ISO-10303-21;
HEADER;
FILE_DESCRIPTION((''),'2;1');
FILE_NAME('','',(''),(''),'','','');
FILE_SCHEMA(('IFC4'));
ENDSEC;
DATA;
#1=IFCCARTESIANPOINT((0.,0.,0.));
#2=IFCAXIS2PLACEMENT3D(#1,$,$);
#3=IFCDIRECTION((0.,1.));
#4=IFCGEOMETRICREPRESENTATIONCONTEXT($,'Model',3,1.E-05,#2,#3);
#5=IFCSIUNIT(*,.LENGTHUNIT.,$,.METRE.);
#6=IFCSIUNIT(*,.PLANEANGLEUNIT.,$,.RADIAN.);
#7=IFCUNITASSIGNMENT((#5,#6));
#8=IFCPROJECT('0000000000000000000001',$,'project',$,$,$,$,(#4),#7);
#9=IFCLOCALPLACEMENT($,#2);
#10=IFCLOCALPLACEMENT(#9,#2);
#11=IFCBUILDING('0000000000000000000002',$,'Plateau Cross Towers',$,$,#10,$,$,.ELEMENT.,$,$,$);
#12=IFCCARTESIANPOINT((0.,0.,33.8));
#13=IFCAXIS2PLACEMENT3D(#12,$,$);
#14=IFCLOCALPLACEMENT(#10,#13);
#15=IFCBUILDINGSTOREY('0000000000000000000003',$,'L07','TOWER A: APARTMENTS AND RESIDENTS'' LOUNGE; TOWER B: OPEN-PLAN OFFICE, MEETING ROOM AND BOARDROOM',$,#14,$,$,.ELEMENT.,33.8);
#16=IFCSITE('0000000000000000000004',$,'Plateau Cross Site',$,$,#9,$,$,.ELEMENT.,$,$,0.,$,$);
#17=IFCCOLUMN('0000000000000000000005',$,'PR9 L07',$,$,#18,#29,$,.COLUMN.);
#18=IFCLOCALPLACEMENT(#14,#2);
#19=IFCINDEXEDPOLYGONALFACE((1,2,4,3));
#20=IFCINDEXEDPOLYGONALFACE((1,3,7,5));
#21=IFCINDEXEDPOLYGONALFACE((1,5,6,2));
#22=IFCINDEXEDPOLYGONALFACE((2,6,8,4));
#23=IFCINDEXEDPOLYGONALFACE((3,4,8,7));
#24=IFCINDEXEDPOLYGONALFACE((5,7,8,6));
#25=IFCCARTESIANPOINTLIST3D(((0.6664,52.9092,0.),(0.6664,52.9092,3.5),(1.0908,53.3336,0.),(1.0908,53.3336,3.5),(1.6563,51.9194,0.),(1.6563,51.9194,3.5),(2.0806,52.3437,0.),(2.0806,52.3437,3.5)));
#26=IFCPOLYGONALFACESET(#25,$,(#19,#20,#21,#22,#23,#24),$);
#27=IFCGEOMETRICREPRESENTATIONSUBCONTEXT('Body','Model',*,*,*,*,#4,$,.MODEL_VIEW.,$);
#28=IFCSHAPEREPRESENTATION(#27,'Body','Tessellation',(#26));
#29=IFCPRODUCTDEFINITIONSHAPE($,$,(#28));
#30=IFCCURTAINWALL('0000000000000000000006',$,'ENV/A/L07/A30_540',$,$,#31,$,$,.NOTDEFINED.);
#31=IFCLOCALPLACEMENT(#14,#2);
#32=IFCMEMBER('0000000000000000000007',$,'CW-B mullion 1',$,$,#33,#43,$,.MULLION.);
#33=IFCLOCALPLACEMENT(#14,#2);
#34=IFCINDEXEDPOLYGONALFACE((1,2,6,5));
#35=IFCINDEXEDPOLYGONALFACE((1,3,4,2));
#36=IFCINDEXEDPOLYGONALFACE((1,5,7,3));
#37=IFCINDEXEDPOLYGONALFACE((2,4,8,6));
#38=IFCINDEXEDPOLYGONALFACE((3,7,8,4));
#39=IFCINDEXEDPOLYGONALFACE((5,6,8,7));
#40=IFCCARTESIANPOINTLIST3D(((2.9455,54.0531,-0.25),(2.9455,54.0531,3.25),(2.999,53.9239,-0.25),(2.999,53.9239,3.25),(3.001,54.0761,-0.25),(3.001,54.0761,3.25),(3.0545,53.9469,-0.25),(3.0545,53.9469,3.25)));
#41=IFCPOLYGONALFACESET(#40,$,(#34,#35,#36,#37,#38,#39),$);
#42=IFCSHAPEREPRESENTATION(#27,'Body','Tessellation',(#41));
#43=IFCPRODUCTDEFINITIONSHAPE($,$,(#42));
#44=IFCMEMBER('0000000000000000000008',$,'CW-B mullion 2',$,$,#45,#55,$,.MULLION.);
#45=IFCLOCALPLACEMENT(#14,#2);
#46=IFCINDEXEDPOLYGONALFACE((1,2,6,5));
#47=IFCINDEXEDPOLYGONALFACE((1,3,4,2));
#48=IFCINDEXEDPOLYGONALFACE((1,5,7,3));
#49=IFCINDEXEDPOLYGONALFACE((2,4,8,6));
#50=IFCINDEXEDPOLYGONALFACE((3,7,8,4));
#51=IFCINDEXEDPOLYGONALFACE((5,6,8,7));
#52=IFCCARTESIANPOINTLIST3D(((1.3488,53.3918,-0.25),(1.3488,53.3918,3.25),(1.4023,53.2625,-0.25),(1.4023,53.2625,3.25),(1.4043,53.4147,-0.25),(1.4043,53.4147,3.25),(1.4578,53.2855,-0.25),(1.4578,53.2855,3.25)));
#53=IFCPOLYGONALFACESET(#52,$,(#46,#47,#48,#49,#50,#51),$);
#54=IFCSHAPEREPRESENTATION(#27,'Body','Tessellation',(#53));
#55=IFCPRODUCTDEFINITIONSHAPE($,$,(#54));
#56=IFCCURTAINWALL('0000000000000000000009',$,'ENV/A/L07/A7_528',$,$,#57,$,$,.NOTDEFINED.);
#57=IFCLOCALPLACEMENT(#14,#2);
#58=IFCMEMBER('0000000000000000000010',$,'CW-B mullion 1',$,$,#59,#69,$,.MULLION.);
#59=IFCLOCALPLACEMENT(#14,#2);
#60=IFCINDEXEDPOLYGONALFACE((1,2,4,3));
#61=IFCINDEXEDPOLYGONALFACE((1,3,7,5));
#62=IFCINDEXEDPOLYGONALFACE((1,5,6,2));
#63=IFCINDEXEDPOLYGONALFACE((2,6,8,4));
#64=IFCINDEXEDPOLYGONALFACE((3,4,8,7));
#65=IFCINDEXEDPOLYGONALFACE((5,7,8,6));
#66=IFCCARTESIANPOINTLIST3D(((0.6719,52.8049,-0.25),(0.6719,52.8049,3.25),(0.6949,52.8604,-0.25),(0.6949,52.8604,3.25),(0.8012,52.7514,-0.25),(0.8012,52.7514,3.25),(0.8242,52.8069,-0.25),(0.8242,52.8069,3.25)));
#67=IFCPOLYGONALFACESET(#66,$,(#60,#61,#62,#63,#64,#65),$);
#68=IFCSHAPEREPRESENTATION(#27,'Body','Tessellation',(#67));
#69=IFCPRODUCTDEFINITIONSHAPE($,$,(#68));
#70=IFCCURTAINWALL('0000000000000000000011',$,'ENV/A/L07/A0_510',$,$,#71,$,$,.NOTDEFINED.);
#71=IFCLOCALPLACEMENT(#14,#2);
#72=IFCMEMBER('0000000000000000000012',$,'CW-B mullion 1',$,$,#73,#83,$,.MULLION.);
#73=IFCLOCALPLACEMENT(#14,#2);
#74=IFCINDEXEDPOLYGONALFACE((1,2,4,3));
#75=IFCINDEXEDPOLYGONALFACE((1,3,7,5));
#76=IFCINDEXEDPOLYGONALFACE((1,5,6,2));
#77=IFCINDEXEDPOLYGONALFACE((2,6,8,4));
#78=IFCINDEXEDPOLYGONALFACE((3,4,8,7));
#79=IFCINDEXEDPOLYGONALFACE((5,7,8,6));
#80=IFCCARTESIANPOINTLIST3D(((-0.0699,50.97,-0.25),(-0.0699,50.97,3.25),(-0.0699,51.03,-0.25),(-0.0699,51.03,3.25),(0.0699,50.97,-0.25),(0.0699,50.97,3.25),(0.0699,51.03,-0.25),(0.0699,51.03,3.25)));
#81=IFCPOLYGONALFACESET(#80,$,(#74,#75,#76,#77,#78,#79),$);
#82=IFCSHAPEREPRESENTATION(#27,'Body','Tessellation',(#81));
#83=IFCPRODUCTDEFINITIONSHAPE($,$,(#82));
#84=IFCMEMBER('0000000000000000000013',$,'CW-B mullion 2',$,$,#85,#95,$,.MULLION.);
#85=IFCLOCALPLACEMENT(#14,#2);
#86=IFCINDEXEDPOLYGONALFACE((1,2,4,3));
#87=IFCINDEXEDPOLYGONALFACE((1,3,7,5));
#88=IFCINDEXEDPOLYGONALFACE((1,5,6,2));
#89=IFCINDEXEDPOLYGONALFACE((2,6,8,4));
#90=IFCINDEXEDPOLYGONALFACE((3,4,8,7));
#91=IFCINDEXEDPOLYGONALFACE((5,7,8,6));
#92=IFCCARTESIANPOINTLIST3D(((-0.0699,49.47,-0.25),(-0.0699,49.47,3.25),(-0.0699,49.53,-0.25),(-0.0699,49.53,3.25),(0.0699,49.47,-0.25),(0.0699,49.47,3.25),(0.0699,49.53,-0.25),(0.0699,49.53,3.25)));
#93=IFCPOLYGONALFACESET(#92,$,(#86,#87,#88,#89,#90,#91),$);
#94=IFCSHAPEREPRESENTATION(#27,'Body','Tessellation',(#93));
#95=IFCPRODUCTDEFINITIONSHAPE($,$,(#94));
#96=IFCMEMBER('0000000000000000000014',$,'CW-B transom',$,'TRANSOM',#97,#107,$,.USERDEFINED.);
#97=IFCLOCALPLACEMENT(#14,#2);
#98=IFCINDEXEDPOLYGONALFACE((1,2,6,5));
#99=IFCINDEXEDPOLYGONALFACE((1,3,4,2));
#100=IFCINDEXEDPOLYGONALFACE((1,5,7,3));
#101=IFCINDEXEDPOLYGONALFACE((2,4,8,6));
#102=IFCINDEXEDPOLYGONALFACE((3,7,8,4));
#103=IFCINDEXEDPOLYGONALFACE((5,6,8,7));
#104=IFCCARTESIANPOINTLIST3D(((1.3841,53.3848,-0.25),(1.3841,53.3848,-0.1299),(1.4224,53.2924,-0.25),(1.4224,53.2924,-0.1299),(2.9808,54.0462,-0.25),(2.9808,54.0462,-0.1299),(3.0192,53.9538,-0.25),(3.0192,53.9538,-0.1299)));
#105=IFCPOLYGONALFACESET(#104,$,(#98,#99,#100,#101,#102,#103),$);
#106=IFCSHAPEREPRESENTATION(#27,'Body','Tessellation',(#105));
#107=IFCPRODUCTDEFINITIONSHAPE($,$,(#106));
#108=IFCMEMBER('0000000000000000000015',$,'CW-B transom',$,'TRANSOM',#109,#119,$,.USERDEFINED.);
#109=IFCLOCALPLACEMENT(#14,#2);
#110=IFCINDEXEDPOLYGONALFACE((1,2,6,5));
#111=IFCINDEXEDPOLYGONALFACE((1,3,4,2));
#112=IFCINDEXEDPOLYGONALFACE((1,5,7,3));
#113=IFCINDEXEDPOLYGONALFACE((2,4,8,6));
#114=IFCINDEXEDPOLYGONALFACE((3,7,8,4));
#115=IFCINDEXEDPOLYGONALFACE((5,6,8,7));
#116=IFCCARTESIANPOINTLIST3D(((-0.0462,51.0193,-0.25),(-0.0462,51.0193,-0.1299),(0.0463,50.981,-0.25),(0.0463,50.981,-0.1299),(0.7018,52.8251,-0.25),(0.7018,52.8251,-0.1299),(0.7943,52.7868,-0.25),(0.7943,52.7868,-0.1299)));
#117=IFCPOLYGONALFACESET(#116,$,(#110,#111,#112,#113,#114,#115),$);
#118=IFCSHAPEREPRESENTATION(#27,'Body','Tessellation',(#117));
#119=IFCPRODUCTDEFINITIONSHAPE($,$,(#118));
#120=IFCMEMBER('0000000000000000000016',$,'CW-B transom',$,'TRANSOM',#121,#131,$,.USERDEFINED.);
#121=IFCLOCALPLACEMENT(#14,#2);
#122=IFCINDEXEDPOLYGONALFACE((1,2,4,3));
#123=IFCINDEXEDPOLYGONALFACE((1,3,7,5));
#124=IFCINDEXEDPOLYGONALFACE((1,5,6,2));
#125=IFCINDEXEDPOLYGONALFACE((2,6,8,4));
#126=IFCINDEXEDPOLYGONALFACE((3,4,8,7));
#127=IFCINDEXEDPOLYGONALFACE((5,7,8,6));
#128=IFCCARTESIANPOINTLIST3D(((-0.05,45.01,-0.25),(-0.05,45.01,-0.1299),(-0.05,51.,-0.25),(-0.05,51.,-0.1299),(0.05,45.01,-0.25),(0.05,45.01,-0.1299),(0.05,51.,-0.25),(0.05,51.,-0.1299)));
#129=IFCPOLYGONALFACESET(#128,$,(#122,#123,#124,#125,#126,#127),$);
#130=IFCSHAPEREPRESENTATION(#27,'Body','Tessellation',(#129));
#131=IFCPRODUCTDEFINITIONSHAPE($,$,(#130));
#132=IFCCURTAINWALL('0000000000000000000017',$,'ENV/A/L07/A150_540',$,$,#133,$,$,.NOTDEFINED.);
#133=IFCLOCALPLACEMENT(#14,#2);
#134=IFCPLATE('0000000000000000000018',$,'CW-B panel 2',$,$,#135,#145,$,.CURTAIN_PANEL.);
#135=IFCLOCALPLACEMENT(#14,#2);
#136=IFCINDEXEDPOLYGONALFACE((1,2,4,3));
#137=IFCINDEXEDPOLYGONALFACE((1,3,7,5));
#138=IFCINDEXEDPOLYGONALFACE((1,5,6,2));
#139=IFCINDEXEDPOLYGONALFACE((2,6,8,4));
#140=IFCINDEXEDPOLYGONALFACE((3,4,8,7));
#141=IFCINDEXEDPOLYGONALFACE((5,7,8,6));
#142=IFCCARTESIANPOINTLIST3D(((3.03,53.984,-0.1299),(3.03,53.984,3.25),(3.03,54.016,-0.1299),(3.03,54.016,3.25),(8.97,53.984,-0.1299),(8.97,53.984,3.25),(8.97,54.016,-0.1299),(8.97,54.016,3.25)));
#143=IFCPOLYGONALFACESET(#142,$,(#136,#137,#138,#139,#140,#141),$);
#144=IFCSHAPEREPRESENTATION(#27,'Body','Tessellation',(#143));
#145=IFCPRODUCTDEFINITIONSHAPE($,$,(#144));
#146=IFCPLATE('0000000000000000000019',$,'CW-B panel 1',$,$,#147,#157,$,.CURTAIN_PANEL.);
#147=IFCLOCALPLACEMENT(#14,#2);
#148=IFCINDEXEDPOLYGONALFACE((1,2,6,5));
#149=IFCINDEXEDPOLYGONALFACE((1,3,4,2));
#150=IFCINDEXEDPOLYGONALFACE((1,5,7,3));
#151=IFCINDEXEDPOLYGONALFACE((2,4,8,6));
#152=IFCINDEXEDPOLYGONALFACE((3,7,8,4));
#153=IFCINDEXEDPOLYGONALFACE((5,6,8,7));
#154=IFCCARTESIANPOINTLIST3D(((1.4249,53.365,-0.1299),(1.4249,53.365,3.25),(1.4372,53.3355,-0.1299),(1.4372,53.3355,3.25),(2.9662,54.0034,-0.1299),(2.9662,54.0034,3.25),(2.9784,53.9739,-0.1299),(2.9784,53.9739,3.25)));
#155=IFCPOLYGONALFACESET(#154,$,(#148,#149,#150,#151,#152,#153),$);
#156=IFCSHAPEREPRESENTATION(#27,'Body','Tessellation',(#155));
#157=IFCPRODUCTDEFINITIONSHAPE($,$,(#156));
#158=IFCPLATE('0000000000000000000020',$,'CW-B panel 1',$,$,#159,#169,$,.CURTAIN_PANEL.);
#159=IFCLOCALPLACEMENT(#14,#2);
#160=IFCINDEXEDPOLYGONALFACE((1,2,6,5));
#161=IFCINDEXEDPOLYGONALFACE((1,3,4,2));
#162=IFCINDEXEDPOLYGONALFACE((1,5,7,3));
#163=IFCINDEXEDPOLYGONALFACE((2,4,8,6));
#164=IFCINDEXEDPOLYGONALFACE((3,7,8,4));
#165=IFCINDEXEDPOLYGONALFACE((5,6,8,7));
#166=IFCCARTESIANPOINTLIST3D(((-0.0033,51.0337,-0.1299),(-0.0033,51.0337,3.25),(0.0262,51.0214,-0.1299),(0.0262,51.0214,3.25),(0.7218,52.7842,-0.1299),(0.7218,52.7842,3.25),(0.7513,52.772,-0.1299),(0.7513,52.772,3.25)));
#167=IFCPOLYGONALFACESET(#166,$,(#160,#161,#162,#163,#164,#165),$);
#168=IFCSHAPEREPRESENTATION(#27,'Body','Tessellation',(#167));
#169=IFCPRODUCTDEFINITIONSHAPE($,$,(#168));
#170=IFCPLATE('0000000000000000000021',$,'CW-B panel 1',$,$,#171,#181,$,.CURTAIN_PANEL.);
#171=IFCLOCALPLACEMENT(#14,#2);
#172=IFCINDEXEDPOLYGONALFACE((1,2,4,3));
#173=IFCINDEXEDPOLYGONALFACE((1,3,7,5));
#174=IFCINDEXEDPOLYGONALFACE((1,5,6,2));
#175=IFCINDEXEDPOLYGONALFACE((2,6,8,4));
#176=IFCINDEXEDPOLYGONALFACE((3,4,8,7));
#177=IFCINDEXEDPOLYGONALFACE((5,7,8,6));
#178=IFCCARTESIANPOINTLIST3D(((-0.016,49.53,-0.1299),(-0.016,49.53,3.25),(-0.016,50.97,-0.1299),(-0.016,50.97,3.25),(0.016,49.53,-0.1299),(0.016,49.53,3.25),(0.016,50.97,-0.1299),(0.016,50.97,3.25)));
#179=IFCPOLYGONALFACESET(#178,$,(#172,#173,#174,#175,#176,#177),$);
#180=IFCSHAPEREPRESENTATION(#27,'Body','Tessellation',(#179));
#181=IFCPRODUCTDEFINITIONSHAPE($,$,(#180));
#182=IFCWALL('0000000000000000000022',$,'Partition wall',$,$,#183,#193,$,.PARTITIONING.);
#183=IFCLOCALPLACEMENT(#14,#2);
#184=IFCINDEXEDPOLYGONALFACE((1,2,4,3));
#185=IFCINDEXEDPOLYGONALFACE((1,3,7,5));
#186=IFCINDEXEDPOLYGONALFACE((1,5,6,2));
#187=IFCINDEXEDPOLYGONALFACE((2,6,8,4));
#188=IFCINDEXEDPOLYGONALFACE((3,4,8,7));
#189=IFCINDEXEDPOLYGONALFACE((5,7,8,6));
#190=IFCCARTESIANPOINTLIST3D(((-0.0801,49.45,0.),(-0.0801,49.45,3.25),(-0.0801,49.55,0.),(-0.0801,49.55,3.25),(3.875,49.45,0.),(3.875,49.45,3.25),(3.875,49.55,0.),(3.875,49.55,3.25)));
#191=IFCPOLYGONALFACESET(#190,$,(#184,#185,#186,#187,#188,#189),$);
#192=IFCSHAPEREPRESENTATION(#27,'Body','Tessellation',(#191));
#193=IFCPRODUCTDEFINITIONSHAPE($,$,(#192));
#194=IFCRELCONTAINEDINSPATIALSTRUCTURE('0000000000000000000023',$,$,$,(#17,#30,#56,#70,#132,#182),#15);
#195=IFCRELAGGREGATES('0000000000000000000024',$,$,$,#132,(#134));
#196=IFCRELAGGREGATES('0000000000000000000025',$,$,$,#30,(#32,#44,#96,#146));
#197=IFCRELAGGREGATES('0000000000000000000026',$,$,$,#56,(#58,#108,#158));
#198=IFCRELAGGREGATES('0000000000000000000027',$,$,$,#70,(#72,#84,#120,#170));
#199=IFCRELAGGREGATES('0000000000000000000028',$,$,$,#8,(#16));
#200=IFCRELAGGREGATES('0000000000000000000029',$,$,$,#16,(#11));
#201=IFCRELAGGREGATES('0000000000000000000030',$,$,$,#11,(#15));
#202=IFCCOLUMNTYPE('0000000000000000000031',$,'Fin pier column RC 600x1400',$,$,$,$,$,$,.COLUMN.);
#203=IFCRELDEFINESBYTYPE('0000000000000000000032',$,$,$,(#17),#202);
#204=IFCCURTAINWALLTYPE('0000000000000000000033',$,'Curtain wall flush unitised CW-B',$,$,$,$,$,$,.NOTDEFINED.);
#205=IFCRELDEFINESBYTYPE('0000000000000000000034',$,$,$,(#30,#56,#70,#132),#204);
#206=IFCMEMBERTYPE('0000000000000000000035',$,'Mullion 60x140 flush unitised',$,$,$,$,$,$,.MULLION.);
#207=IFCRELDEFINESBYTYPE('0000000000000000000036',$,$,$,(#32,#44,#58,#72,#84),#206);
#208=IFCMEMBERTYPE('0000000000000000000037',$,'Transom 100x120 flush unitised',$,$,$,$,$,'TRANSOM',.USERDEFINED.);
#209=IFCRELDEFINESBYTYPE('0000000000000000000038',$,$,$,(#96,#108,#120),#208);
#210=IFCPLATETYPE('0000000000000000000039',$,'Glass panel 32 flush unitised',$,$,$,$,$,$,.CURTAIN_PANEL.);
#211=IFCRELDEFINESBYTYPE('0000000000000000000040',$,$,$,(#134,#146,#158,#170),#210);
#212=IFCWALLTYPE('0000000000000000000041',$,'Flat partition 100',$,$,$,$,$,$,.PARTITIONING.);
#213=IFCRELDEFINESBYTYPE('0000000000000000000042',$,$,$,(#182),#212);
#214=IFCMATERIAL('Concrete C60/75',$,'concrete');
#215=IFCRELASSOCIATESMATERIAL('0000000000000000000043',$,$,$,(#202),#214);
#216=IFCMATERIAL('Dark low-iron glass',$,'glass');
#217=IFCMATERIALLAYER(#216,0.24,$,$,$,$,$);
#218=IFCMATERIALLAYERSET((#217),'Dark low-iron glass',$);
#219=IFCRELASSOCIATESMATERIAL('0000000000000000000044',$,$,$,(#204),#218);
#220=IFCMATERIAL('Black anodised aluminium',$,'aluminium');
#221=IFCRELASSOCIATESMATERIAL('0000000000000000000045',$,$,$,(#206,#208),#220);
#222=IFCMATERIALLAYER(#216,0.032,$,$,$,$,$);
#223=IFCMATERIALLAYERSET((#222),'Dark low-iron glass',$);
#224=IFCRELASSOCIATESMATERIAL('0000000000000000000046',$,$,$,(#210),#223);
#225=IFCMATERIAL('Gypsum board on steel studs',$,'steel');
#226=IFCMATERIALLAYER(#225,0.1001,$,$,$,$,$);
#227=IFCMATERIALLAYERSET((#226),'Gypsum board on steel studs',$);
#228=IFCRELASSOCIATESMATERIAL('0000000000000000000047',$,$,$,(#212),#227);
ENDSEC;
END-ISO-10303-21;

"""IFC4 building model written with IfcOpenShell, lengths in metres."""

from ifc_helpers import new_model, si_unit, direction, frame, frame_2d, origin, origin_2d, place, context, subcontext, project, spatial, rectangle, extrude, material, layer, layer_set, material_profile, profile_set, type_object, element, aggregate, save


model = new_model("IFC4")

# Units and contexts
model_context = context("Model", 3, precision=1e-05, world=origin(), true_north=direction((0.0, 1.0)))
body_context = subcontext(model_context, "Body", "Model", "MODEL_VIEW")
ifc_project = project(units=[si_unit("LENGTHUNIT", "METRE"), si_unit("PLANEANGLEUNIT", "RADIAN")], contexts=[model_context])

# Site, building, storey
site_placement = place(None, origin())
site = spatial("IfcSite", under=ifc_project, at=site_placement, Name="Plateau Cross Site", CompositionType="ELEMENT", RefElevation=0.0)
building_placement = place(site_placement, origin())
building = spatial("IfcBuilding", under=site, at=building_placement, Name="Plateau Cross Towers", CompositionType="ELEMENT")
storey_placement = place(building_placement, frame((0.0, 0.0, 33.8)))
storey = spatial("IfcBuildingStorey", under=building, at=storey_placement, Name="L07", Description="TOWER A: APARTMENTS AND RESIDENTS' LOUNGE; TOWER B: OPEN-PLAN OFFICE, MEETING ROOM AND BOARDROOM", CompositionType="ELEMENT", Elevation=33.8)

# Column
ifc_material_1 = material(Name="Concrete C60/75", Category="concrete")
ifc_material_profile_1 = material_profile(ifc_material_1, rectangle(XDim=0.6001, YDim=1.3999, at=origin_2d()), Name="RC 600x1400")
ifc_profile_set_1 = profile_set([ifc_material_profile_1], Name="Concrete C60/75")
column_type = type_object("IfcColumnType", Name="Fin pier column RC 600x1400", PredefinedType="COLUMN", material=ifc_profile_set_1)
column_placement = place(storey_placement, frame((1.3735, 52.6265, 0.0), z_axis=(0.0, 0.0, 1.0), x_axis=(0.707107, 0.707107, 0.0)))
element("IfcColumn", 1, at=column_placement, inside=storey, type_object=column_type, Name="PR9 L07", PredefinedType="COLUMN", context=body_context, shape_type="SweptSolid", body=[
    extrude(rectangle(XDim=0.6001, YDim=1.3999, at=origin_2d()), origin(), (0.0, 0.0, 1.0), 3.5),
])

# Curtain wall, members
ifc_material_2 = material(Name="Dark low-iron glass", Category="glass")
ifc_layer_1 = layer(ifc_material_2, 0.24)
ifc_layer_set_1 = layer_set([ifc_layer_1], Name="Dark low-iron glass")
curtain_wall_type = type_object("IfcCurtainWallType", Name="Curtain wall flush unitised CW-B", PredefinedType="NOTDEFINED", material=ifc_layer_set_1)
curtain_wall_1_placement = place(storey_placement, origin())
curtain_wall_1 = element("IfcCurtainWall", 2, at=curtain_wall_1_placement, inside=storey, type_object=curtain_wall_type, Name="ENV/A/L07/A30_540", PredefinedType="NOTDEFINED")
ifc_material_3 = material(Name="Black anodised aluminium", Category="aluminium")
ifc_material_profile_2 = material_profile(ifc_material_3, rectangle(XDim=0.0601, YDim=0.1399, at=origin_2d()), Name="MULLION 60x140")
ifc_profile_set_2 = profile_set([ifc_material_profile_2], Name="Black anodised aluminium")
member_type_1 = type_object("IfcMemberType", Name="Mullion 60x140 flush unitised", PredefinedType="MULLION", material=ifc_profile_set_2)
member_1_placement = place(storey_placement, frame((3.0, 54.0, -0.25), z_axis=(0.0, 0.0, 1.0), x_axis=(-0.923879, -0.382684, 0.0)))
member_1 = element("IfcMember", 3, at=member_1_placement, type_object=member_type_1, Name="CW-B mullion 1", PredefinedType="MULLION", context=body_context, shape_type="SweptSolid", body=[
    extrude(rectangle(XDim=0.0601, YDim=0.1399, at=origin_2d()), origin(), (0.0, 0.0, 1.0), 3.5),
])
member_2_placement = place(storey_placement, frame((1.4033, 53.3386, -0.25), z_axis=(0.0, 0.0, 1.0), x_axis=(-0.923879, -0.382684, 0.0)))
member_2 = element("IfcMember", 4, at=member_2_placement, type_object=member_type_1, Name="CW-B mullion 2", PredefinedType="MULLION", context=body_context, shape_type="SweptSolid", body=[
    extrude(rectangle(XDim=0.0601, YDim=0.1399, at=origin_2d()), origin(), (0.0, 0.0, 1.0), 3.5),
])

# Curtain wall, member
curtain_wall_2_placement = place(storey_placement, origin())
curtain_wall_2 = element("IfcCurtainWall", 5, at=curtain_wall_2_placement, inside=storey, type_object=curtain_wall_type, Name="ENV/A/L07/A7_528", PredefinedType="NOTDEFINED")
member_3_placement = place(storey_placement, frame((0.748, 52.8059, -0.25), z_axis=(0.0, 0.0, 1.0), x_axis=(-0.382684, -0.923879, 0.0)))
member_3 = element("IfcMember", 6, at=member_3_placement, type_object=member_type_1, Name="CW-B mullion 1", PredefinedType="MULLION", context=body_context, shape_type="SweptSolid", body=[
    extrude(rectangle(XDim=0.0601, YDim=0.1399, at=origin_2d()), origin(), (0.0, 0.0, 1.0), 3.5),
])

# Curtain wall, members
curtain_wall_3_placement = place(storey_placement, origin())
curtain_wall_3 = element("IfcCurtainWall", 7, at=curtain_wall_3_placement, inside=storey, type_object=curtain_wall_type, Name="ENV/A/L07/A0_510", PredefinedType="NOTDEFINED")
member_4_placement = place(storey_placement, frame((0.0, 51.0, -0.25), z_axis=(0.0, 0.0, 1.0), x_axis=(0.0, -1.0, 0.0)))
member_4 = element("IfcMember", 8, at=member_4_placement, type_object=member_type_1, Name="CW-B mullion 1", PredefinedType="MULLION", context=body_context, shape_type="SweptSolid", body=[
    extrude(rectangle(XDim=0.0601, YDim=0.1399, at=origin_2d()), origin(), (0.0, 0.0, 1.0), 3.5),
])
member_5_placement = place(storey_placement, frame((0.0, 49.5, -0.25), z_axis=(0.0, 0.0, 1.0), x_axis=(0.0, -1.0, 0.0)))
member_5 = element("IfcMember", 9, at=member_5_placement, type_object=member_type_1, Name="CW-B mullion 2", PredefinedType="MULLION", context=body_context, shape_type="SweptSolid", body=[
    extrude(rectangle(XDim=0.0601, YDim=0.1399, at=origin_2d()), origin(), (0.0, 0.0, 1.0), 3.5),
])

# Members
ifc_material_profile_3 = material_profile(ifc_material_3, rectangle(XDim=0.1001, YDim=0.1201, at=origin_2d()), Name="TRANSOM 100x120")
ifc_profile_set_3 = profile_set([ifc_material_profile_3], Name="Black anodised aluminium")
member_type_2 = type_object("IfcMemberType", Name="Transom 100x120 flush unitised", ElementType="TRANSOM", PredefinedType="USERDEFINED", material=ifc_profile_set_3)
member_6_placement = place(storey_placement, frame((3.0, 54.0, -0.1899), z_axis=(-0.923877, -0.382689, 0.0), x_axis=(0.382689, -0.923877, 0.0)))
member_6 = element("IfcMember", 10, at=member_6_placement, type_object=member_type_2, Name="CW-B transom", ObjectType="TRANSOM", PredefinedType="USERDEFINED", context=body_context, shape_type="SweptSolid", body=[
    extrude(rectangle(XDim=0.1001, YDim=0.1201, at=origin_2d()), origin(), (0.0, 0.0, 1.0), 1.7283),
])
member_7_placement = place(storey_placement, frame((0.748, 52.8059, -0.1899), z_axis=(-0.38269, -0.923877, 0.0), x_axis=(0.923877, -0.38269, 0.0)))
member_7 = element("IfcMember", 11, at=member_7_placement, type_object=member_type_2, Name="CW-B transom", ObjectType="TRANSOM", PredefinedType="USERDEFINED", context=body_context, shape_type="SweptSolid", body=[
    extrude(rectangle(XDim=0.1001, YDim=0.1201, at=origin_2d()), origin(), (0.0, 0.0, 1.0), 1.9546),
])
member_8_placement = place(storey_placement, frame((0.0, 51.0, -0.1899), z_axis=(0.0, -1.0, 0.0), x_axis=(1.0, 0.0, 0.0)))
member_8 = element("IfcMember", 12, at=member_8_placement, type_object=member_type_2, Name="CW-B transom", ObjectType="TRANSOM", PredefinedType="USERDEFINED", context=body_context, shape_type="SweptSolid", body=[
    extrude(rectangle(XDim=0.1001, YDim=0.1201, at=origin_2d()), origin(), (0.0, 0.0, 1.0), 5.99),
])

# Curtain wall, plate
curtain_wall_4_placement = place(storey_placement, origin())
curtain_wall_4 = element("IfcCurtainWall", 13, at=curtain_wall_4_placement, inside=storey, type_object=curtain_wall_type, Name="ENV/A/L07/A150_540", PredefinedType="NOTDEFINED")
ifc_layer_2 = layer(ifc_material_2, 0.032)
ifc_layer_set_2 = layer_set([ifc_layer_2], Name="Dark low-iron glass")
plate_type = type_object("IfcPlateType", Name="Glass panel 32 flush unitised", PredefinedType="CURTAIN_PANEL", material=ifc_layer_set_2)
plate_1_placement = place(storey_placement, frame((6.0, 54.0, -0.1299), z_axis=(0.0, 0.0, 1.0), x_axis=(-1.0, 0.0, 0.0)))
plate_1 = element("IfcPlate", 14, at=plate_1_placement, type_object=plate_type, Name="CW-B panel 2", PredefinedType="CURTAIN_PANEL", context=body_context, shape_type="SweptSolid", body=[
    extrude(rectangle(XDim=5.9399, YDim=0.032, at=origin_2d()), origin(), (0.0, 0.0, 1.0), 3.3799),
])
aggregate(curtain_wall_4, [plate_1])

# Plates
plate_2_placement = place(storey_placement, frame((2.2017, 53.6694, -0.1299), z_axis=(0.0, 0.0, 1.0), x_axis=(-0.923879, -0.382684, 0.0)))
plate_2 = element("IfcPlate", 15, at=plate_2_placement, type_object=plate_type, Name="CW-B panel 1", PredefinedType="CURTAIN_PANEL", context=body_context, shape_type="SweptSolid", body=[
    extrude(rectangle(XDim=1.6682, YDim=0.032, at=origin_2d()), origin(), (0.0, 0.0, 1.0), 3.3799),
])
aggregate(curtain_wall_1, [member_1, member_2, member_6, plate_2])
plate_3_placement = place(storey_placement, frame((0.374, 51.9028, -0.1299), z_axis=(0.0, 0.0, 1.0), x_axis=(-0.382684, -0.923879, 0.0)))
plate_3 = element("IfcPlate", 16, at=plate_3_placement, type_object=plate_type, Name="CW-B panel 1", PredefinedType="CURTAIN_PANEL", context=body_context, shape_type="SweptSolid", body=[
    extrude(rectangle(XDim=1.8948, YDim=0.032, at=origin_2d()), origin(), (0.0, 0.0, 1.0), 3.3799),
])
aggregate(curtain_wall_2, [member_3, member_7, plate_3])
plate_4_placement = place(storey_placement, frame((0.0, 50.25, -0.1299), z_axis=(0.0, 0.0, 1.0), x_axis=(0.0, -1.0, 0.0)))
plate_4 = element("IfcPlate", 17, at=plate_4_placement, type_object=plate_type, Name="CW-B panel 1", PredefinedType="CURTAIN_PANEL", context=body_context, shape_type="SweptSolid", body=[
    extrude(rectangle(XDim=1.4399, YDim=0.032, at=origin_2d()), origin(), (0.0, 0.0, 1.0), 3.3799),
])
aggregate(curtain_wall_3, [member_4, member_5, member_8, plate_4])

# Wall
ifc_material_4 = material(Name="Gypsum board on steel studs", Category="steel")
ifc_layer_3 = layer(ifc_material_4, 0.1001)
ifc_layer_set_3 = layer_set([ifc_layer_3], Name="Gypsum board on steel studs")
wall_type_1 = type_object("IfcWallType", Name="Flat partition 100", PredefinedType="PARTITIONING", material=ifc_layer_set_3)
wall_1_placement = place(storey_placement, frame((3.875, 49.5, 0.0), z_axis=(0.0, 0.0, 1.0), x_axis=(-1.0, 0.0, 0.0)))
element("IfcWall", 18, at=wall_1_placement, inside=storey, type_object=wall_type_1, Name="Partition wall", PredefinedType="PARTITIONING", context=body_context, shape_type="SweptSolid", body=[
    extrude(rectangle(XDim=3.9551, YDim=0.1001, at=frame_2d((1.9775, 0.0))), origin(), (0.0, 0.0, 1.0), 3.25),
])

save(model, "model.ifc")
